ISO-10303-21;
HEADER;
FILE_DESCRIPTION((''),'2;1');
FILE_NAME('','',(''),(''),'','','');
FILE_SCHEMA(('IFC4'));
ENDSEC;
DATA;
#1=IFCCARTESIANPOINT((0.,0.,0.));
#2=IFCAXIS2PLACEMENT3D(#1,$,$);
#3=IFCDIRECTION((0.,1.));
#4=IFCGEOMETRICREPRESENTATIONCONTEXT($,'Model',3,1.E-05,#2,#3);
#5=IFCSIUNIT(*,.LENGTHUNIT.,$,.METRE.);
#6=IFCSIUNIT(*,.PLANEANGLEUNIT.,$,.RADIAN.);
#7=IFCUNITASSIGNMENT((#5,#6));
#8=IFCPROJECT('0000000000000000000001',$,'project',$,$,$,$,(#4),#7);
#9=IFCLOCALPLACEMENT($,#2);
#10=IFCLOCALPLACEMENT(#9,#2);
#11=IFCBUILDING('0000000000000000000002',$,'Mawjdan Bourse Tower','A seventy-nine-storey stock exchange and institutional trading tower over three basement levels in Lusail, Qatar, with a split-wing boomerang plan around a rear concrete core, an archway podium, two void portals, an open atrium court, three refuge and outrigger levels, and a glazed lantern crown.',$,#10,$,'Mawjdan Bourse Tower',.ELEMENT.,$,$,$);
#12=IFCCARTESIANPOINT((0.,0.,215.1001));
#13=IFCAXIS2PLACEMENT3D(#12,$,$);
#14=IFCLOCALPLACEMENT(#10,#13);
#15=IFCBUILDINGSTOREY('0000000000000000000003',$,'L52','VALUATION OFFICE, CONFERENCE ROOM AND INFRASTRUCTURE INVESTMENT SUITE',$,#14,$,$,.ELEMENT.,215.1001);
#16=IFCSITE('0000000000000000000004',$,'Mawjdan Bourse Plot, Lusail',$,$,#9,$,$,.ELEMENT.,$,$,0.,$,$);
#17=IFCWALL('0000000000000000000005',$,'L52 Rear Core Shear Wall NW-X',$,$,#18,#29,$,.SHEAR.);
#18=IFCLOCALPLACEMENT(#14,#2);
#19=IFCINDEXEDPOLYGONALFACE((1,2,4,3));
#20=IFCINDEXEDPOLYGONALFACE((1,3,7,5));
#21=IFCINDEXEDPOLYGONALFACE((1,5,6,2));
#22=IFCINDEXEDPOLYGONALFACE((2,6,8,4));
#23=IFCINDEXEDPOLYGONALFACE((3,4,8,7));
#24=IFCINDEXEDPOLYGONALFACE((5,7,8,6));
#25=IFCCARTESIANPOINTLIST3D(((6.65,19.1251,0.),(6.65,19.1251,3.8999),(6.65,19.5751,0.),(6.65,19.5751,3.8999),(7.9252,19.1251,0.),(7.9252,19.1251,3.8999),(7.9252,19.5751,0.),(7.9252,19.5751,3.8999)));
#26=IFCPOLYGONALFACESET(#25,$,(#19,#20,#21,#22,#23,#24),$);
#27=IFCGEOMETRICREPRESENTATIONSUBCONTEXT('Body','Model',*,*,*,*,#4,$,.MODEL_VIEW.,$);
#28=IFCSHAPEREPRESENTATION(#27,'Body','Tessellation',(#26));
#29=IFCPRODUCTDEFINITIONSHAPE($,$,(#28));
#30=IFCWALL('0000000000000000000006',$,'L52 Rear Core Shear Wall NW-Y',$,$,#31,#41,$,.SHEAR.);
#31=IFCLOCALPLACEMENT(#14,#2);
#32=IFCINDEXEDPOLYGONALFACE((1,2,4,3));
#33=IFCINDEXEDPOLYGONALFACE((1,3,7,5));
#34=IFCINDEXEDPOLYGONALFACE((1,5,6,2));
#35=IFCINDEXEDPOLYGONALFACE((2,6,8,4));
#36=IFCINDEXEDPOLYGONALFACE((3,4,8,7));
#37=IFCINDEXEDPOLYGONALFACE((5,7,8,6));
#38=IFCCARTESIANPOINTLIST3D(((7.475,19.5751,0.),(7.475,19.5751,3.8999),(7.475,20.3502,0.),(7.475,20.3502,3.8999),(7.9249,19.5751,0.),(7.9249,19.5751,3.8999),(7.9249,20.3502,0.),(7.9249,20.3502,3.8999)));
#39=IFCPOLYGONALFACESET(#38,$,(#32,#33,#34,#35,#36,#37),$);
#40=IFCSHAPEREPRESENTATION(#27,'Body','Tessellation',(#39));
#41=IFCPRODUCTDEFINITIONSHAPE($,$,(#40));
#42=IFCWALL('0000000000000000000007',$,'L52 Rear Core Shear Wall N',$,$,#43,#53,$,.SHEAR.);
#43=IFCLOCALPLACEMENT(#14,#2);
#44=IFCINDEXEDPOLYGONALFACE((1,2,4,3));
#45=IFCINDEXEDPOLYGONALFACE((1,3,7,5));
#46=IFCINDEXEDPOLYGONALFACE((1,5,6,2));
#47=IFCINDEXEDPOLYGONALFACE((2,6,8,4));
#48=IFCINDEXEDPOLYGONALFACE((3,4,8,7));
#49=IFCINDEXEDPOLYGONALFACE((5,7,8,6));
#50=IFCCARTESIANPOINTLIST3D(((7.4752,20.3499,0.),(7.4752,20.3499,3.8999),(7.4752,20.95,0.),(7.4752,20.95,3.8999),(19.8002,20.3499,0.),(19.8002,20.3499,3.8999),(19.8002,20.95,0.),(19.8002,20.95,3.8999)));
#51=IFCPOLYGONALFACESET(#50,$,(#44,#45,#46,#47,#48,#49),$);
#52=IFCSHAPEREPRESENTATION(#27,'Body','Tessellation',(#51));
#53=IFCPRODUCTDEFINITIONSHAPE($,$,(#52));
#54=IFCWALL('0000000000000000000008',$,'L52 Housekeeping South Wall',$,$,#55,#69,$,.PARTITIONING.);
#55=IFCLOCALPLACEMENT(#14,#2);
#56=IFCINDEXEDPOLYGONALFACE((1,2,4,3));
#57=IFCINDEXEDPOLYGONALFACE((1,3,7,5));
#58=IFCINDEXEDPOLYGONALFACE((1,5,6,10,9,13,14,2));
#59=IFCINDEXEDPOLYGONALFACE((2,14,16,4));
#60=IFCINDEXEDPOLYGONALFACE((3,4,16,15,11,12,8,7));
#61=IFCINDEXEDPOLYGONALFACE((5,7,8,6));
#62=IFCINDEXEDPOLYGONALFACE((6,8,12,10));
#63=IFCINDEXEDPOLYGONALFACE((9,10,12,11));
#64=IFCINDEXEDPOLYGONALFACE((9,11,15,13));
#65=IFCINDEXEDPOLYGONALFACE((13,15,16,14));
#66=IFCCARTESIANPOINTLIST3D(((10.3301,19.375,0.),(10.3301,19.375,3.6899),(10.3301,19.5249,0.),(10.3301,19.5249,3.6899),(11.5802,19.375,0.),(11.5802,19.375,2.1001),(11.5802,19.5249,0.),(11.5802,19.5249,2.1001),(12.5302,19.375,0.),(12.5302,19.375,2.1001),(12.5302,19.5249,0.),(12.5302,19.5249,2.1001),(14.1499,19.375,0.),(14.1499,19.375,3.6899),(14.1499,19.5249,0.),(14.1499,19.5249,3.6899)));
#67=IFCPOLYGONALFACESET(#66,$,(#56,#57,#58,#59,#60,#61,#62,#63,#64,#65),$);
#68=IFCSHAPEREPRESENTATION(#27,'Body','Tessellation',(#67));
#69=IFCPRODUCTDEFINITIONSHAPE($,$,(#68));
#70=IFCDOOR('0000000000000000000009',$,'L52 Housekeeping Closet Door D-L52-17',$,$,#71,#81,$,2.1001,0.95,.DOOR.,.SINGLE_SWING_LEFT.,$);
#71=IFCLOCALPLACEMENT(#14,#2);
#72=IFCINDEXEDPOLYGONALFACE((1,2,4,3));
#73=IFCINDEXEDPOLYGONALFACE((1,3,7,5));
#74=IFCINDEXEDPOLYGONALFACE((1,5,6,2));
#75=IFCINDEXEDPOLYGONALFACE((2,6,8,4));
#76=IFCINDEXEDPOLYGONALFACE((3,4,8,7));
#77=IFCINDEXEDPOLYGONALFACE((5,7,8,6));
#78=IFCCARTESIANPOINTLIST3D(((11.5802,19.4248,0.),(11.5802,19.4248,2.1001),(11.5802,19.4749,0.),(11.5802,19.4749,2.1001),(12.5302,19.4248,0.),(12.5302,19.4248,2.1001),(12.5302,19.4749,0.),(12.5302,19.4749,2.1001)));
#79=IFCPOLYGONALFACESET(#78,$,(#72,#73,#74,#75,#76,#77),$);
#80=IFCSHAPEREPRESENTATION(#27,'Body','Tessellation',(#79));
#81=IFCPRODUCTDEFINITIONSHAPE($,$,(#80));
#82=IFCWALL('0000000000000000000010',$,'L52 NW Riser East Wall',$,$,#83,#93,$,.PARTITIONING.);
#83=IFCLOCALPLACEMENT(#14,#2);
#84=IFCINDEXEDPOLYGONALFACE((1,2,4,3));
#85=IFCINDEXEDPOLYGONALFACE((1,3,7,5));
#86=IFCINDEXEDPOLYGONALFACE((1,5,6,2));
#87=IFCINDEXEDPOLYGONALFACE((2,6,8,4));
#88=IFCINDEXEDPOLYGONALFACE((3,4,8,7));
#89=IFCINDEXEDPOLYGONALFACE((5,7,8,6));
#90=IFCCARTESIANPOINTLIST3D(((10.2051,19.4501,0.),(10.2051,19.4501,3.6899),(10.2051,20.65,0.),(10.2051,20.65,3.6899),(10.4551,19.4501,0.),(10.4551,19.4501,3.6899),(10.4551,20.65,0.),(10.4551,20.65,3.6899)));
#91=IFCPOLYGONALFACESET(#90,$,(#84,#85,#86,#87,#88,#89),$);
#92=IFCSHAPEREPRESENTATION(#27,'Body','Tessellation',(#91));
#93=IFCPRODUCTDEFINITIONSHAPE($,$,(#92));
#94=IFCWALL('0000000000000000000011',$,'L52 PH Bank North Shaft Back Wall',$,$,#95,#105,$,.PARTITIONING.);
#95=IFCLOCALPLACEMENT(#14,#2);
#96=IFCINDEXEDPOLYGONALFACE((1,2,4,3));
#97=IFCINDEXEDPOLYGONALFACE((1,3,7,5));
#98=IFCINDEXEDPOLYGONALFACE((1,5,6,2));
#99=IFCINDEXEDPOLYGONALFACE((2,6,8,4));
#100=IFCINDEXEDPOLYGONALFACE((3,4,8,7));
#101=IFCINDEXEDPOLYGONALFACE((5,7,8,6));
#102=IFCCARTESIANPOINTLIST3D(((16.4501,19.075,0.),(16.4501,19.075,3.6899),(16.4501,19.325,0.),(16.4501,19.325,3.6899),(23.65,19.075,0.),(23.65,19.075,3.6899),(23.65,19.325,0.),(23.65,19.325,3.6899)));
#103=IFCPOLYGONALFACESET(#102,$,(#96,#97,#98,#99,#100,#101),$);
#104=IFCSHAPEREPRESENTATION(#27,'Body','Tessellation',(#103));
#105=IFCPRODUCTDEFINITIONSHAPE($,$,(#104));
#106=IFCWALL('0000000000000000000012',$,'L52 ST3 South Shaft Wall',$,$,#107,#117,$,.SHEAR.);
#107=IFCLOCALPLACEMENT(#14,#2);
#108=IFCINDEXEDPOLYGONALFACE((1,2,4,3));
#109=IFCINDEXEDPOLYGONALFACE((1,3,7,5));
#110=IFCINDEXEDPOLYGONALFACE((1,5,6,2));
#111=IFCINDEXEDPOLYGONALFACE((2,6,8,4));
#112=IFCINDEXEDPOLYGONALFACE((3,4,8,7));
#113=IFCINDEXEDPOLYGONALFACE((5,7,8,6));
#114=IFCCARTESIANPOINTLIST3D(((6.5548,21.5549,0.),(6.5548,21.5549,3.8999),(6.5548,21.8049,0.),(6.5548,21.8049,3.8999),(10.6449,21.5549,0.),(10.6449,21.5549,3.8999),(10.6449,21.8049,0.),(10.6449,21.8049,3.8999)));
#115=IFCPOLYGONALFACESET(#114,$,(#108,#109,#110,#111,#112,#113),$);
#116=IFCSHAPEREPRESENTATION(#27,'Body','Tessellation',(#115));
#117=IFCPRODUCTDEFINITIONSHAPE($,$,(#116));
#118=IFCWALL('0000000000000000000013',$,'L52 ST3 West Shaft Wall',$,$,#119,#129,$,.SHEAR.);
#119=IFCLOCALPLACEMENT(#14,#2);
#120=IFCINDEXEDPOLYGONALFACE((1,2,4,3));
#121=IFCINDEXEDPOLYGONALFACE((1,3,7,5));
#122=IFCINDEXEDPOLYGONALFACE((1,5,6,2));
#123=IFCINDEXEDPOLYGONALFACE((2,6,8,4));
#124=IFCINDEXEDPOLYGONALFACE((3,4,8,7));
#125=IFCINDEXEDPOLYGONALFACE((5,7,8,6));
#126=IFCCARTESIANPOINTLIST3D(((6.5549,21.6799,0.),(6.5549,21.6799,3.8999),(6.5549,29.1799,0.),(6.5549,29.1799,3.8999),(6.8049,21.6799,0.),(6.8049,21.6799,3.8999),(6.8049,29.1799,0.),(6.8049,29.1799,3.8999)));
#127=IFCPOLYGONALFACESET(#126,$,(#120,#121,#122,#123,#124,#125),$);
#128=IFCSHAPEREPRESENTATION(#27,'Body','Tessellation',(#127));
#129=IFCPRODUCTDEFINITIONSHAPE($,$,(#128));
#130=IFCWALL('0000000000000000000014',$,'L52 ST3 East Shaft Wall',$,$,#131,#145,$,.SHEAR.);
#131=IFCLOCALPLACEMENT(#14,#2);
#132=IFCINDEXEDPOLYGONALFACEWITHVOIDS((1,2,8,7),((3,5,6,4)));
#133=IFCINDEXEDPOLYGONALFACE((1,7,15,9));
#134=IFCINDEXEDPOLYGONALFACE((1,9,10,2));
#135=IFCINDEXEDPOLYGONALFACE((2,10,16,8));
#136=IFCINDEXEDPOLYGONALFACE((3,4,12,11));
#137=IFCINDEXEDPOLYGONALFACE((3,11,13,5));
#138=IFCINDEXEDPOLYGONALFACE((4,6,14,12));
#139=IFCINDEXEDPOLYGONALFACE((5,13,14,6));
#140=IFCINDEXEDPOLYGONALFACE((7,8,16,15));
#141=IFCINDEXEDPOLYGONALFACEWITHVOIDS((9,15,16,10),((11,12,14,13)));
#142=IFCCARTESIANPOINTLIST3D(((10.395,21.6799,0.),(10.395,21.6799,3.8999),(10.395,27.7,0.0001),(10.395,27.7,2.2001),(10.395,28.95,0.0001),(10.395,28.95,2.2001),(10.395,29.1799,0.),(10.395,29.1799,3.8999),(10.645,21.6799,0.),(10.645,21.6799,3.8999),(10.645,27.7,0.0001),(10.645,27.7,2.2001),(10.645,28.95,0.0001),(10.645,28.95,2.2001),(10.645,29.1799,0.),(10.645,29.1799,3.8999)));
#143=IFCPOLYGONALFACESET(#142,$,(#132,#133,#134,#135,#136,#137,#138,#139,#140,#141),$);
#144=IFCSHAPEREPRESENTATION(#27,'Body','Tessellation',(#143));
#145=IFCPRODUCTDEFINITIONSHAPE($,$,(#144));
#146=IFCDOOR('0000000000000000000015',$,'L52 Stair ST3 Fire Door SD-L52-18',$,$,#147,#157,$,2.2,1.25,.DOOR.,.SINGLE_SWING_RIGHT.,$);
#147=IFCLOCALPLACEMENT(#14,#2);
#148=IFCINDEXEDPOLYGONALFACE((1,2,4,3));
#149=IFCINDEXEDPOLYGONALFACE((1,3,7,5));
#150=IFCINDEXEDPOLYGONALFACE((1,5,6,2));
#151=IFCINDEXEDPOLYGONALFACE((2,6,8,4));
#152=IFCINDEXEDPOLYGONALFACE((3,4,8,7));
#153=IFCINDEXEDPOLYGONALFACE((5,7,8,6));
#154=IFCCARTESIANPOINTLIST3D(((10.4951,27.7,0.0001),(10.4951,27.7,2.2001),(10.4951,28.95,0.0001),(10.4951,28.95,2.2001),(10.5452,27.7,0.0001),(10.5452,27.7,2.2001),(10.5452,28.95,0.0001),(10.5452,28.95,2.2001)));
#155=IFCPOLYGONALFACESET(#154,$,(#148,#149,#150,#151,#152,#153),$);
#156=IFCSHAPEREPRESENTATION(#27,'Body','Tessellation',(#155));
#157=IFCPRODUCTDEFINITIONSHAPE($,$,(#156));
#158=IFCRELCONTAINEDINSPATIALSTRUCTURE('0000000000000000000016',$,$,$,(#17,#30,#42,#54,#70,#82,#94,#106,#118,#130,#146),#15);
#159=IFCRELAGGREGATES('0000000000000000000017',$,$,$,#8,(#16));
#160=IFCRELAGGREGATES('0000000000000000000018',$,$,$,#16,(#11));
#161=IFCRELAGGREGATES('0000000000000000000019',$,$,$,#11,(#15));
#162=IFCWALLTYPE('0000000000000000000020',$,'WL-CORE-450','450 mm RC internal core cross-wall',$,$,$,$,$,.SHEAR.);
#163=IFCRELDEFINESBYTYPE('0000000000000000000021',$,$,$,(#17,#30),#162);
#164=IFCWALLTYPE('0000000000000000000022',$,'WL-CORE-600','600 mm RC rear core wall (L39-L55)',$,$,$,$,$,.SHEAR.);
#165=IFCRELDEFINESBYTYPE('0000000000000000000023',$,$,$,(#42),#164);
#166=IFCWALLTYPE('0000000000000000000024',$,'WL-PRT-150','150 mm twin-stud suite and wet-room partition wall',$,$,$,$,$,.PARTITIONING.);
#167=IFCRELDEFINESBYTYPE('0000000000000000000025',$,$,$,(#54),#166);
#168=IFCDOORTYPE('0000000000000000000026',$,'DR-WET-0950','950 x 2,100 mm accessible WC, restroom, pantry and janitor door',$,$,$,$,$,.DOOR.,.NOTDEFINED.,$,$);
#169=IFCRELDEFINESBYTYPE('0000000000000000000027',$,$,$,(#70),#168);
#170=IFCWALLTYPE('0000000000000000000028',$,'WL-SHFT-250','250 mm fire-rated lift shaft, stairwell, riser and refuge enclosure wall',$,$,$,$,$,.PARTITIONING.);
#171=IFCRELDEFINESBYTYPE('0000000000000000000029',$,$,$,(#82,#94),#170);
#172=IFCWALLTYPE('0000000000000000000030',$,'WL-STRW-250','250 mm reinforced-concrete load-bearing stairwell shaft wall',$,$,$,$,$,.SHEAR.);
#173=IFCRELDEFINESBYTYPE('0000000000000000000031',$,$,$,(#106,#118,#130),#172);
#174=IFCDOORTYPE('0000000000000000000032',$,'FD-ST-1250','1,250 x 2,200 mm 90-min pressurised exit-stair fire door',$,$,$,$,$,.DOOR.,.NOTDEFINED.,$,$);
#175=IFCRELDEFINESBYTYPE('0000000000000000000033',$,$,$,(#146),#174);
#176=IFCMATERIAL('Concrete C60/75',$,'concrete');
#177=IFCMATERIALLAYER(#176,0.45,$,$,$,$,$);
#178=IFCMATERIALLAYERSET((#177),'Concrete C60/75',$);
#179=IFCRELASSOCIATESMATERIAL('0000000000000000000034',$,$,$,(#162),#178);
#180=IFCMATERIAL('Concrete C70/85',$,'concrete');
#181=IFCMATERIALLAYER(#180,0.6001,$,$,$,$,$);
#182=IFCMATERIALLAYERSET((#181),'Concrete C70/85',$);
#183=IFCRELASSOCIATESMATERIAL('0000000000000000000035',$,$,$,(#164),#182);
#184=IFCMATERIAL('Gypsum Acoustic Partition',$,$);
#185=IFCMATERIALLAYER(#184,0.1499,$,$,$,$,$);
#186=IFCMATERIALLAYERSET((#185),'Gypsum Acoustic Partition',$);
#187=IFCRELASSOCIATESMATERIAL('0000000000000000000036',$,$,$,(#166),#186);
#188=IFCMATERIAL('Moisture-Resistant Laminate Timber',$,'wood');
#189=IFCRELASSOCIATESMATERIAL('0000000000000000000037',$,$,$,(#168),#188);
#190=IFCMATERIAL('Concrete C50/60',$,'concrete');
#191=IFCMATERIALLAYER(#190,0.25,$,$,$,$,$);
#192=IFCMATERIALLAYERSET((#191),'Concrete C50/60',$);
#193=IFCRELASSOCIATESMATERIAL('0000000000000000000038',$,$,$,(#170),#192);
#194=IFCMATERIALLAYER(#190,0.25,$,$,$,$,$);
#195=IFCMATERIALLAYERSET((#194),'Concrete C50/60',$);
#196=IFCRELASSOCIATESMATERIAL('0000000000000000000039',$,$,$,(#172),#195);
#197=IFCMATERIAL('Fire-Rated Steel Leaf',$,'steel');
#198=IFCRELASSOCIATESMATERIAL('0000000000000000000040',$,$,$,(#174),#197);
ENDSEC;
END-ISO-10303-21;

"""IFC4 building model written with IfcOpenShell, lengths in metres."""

from ifc_helpers import new_model, si_unit, direction, frame, frame_2d, origin, place, context, subcontext, project, spatial, rectangle, extrude, material, layer, layer_set, type_object, element, fill, save


model = new_model("IFC4")

# Units and contexts
model_context = context("Model", 3, precision=1e-05, world=origin(), true_north=direction((0.0, 1.0)))
body_context = subcontext(model_context, "Body", "Model", "MODEL_VIEW")
ifc_project = project(units=[si_unit("LENGTHUNIT", "METRE"), si_unit("PLANEANGLEUNIT", "RADIAN")], contexts=[model_context])

# Site, building, storey
site_placement = place(None, origin())
site = spatial("IfcSite", under=ifc_project, at=site_placement, Name="Mawjdan Bourse Plot, Lusail", CompositionType="ELEMENT", RefElevation=0.0)
building_placement = place(site_placement, origin())
building = spatial("IfcBuilding", under=site, at=building_placement, Name="Mawjdan Bourse Tower", Description="A seventy-nine-storey stock exchange and institutional trading tower over three basement levels in Lusail, Qatar, with a split-wing boomerang plan around a rear concrete core, an archway podium, two void portals, an open atrium court, three refuge and outrigger levels, and a glazed lantern crown.", LongName="Mawjdan Bourse Tower", CompositionType="ELEMENT")
storey_placement = place(building_placement, frame((0.0, 0.0, 215.1001)))
storey = spatial("IfcBuildingStorey", under=building, at=storey_placement, Name="L52", Description="VALUATION OFFICE, CONFERENCE ROOM AND INFRASTRUCTURE INVESTMENT SUITE", CompositionType="ELEMENT", Elevation=215.1001)

# Shared definitions
ifc_material_1 = material(Name="Concrete C70/85", Category="concrete")

# Walls
ifc_material_2 = material(Name="Concrete C60/75", Category="concrete")
ifc_layer_1 = layer(ifc_material_2, 0.45)
ifc_layer_set_1 = layer_set([ifc_layer_1], Name="Concrete C60/75")
wall_type_1 = type_object("IfcWallType", Name="WL-CORE-450", Description="450 mm RC internal core cross-wall", PredefinedType="SHEAR", material=ifc_layer_set_1)
wall_1_placement = place(storey_placement, frame((6.6499, 19.3501, 0.0), z_axis=(0.0, 0.0, 1.0), x_axis=(1.0, 0.0, 0.0)))
element("IfcWall", 1, at=wall_1_placement, inside=storey, type_object=wall_type_1, Name="L52 Rear Core Shear Wall NW-X", PredefinedType="SHEAR", context=body_context, shape_type="SweptSolid", body=[
    extrude(rectangle(XDim=1.2751, YDim=0.45, at=frame_2d((0.6377, 0.0))), origin(), (0.0, 0.0, 1.0), 3.8999),
])
wall_2_placement = place(storey_placement, frame((7.7, 19.575, 0.0), z_axis=(0.0, 0.0, 1.0), x_axis=(0.0, 1.0, 0.0)))
element("IfcWall", 2, at=wall_2_placement, inside=storey, type_object=wall_type_1, Name="L52 Rear Core Shear Wall NW-Y", PredefinedType="SHEAR", context=body_context, shape_type="SweptSolid", body=[
    extrude(rectangle(XDim=0.7751, YDim=0.45, at=frame_2d((0.3877, 0.0))), origin(), (0.0, 0.0, 1.0), 3.8999),
])
ifc_layer_2 = layer(ifc_material_1, 0.6001)
ifc_layer_set_2 = layer_set([ifc_layer_2], Name="Concrete C70/85")
wall_type_2 = type_object("IfcWallType", Name="WL-CORE-600", Description="600 mm RC rear core wall (L39-L55)", PredefinedType="SHEAR", material=ifc_layer_set_2)
wall_3_placement = place(storey_placement, frame((7.4751, 20.6499, 0.0), z_axis=(0.0, 0.0, 1.0), x_axis=(1.0, 0.0, 0.0)))
element("IfcWall", 3, at=wall_3_placement, inside=storey, type_object=wall_type_2, Name="L52 Rear Core Shear Wall N", PredefinedType="SHEAR", context=body_context, shape_type="SweptSolid", body=[
    extrude(rectangle(XDim=12.325, YDim=0.6001, at=frame_2d((6.1626, 0.0))), origin(), (0.0, 0.0, 1.0), 3.8999),
])

# Wall, opening, door
ifc_material_3 = material(Name="Gypsum Acoustic Partition")
ifc_layer_3 = layer(ifc_material_3, 0.1499)
ifc_layer_set_3 = layer_set([ifc_layer_3], Name="Gypsum Acoustic Partition")
wall_type_3 = type_object("IfcWallType", Name="WL-PRT-150", Description="150 mm twin-stud suite and wet-room partition wall", PredefinedType="PARTITIONING", material=ifc_layer_set_3)
wall_4_placement = place(storey_placement, frame((10.3301, 19.45, 0.0), z_axis=(0.0, 0.0, 1.0), x_axis=(1.0, 0.0, 0.0)))
wall_4 = element("IfcWall", 4, at=wall_4_placement, inside=storey, type_object=wall_type_3, Name="L52 Housekeeping South Wall", PredefinedType="PARTITIONING", context=body_context, shape_type="SweptSolid", body=[
    extrude(rectangle(XDim=3.8198, YDim=0.1499, at=frame_2d((1.9099, 0.0))), origin(), (0.0, 0.0, 1.0), 3.6899),
])
opening_1_placement = place(wall_4_placement, frame((1.25, 0.0, 0.0)))
opening_1 = element("IfcOpeningElement", 5, at=opening_1_placement, cuts=wall_4, PredefinedType="OPENING", context=body_context, shape_type="SweptSolid", body=[
    extrude(rectangle(XDim=0.95, YDim=2.1001, at=frame_2d((0.4751, 1.05))), frame((0.0, 0.085, 0.0), z_axis=(0.0, -1.0, 0.0), x_axis=(1.0, 0.0, 0.0)), (0.0, 0.0, 1.0), 0.1699),
])
ifc_material_4 = material(Name="Moisture-Resistant Laminate Timber", Category="wood")
door_type_1 = type_object("IfcDoorType", Name="DR-WET-0950", Description="950 x 2,100 mm accessible WC, restroom, pantry and janitor door", OperationType="NOTDEFINED", PredefinedType="DOOR", material=ifc_material_4)
door_1_placement = place(opening_1_placement, origin())
door_1 = element("IfcDoor", 6, at=door_1_placement, inside=storey, type_object=door_type_1, Name="L52 Housekeeping Closet Door D-L52-17", OperationType="SINGLE_SWING_LEFT", OverallHeight=2.1001, OverallWidth=0.95, PredefinedType="DOOR", context=body_context, shape_type="SweptSolid", body=[
    extrude(rectangle(XDim=0.95, YDim=2.1001, at=frame_2d((0.4751, 1.05))), frame((0.0, 0.0249, 0.0), z_axis=(0.0, -1.0, 0.0), x_axis=(1.0, 0.0, 0.0)), (0.0, 0.0, 1.0), 0.05),
])
fill(opening_1, door_1)

# Walls
ifc_material_5 = material(Name="Concrete C50/60", Category="concrete")
ifc_layer_4 = layer(ifc_material_5, 0.25)
ifc_layer_set_4 = layer_set([ifc_layer_4], Name="Concrete C50/60")
wall_type_4 = type_object("IfcWallType", Name="WL-SHFT-250", Description="250 mm fire-rated lift shaft, stairwell, riser and refuge enclosure wall", PredefinedType="PARTITIONING", material=ifc_layer_set_4)
wall_5_placement = place(storey_placement, frame((10.3301, 19.45, 0.0), z_axis=(0.0, 0.0, 1.0), x_axis=(0.0, 1.0, 0.0)))
element("IfcWall", 7, at=wall_5_placement, inside=storey, type_object=wall_type_4, Name="L52 NW Riser East Wall", PredefinedType="PARTITIONING", context=body_context, shape_type="SweptSolid", body=[
    extrude(rectangle(XDim=1.2, YDim=0.25, at=frame_2d((0.6001, 0.0))), origin(), (0.0, 0.0, 1.0), 3.6899),
])
wall_6_placement = place(storey_placement, frame((16.45, 19.2, 0.0), z_axis=(0.0, 0.0, 1.0), x_axis=(1.0, 0.0, 0.0)))
element("IfcWall", 8, at=wall_6_placement, inside=storey, type_object=wall_type_4, Name="L52 PH Bank North Shaft Back Wall", PredefinedType="PARTITIONING", context=body_context, shape_type="SweptSolid", body=[
    extrude(rectangle(XDim=7.2, YDim=0.25, at=frame_2d((3.6001, 0.0))), origin(), (0.0, 0.0, 1.0), 3.6899),
])
ifc_layer_5 = layer(ifc_material_5, 0.25)
ifc_layer_set_5 = layer_set([ifc_layer_5], Name="Concrete C50/60")
wall_type_5 = type_object("IfcWallType", Name="WL-STRW-250", Description="250 mm reinforced-concrete load-bearing stairwell shaft wall", PredefinedType="SHEAR", material=ifc_layer_set_5)
wall_7_placement = place(storey_placement, frame((6.5549, 21.6799, 0.0), z_axis=(0.0, 0.0, 1.0), x_axis=(1.0, 0.0, 0.0)))
element("IfcWall", 9, at=wall_7_placement, inside=storey, type_object=wall_type_5, Name="L52 ST3 South Shaft Wall", PredefinedType="SHEAR", context=body_context, shape_type="SweptSolid", body=[
    extrude(rectangle(XDim=4.0901, YDim=0.25, at=frame_2d((2.0449, 0.0))), origin(), (0.0, 0.0, 1.0), 3.8999),
])
wall_8_placement = place(storey_placement, frame((6.6799, 21.6799, 0.0), z_axis=(0.0, 0.0, 1.0), x_axis=(0.0, 1.0, 0.0)))
element("IfcWall", 10, at=wall_8_placement, inside=storey, type_object=wall_type_5, Name="L52 ST3 West Shaft Wall", PredefinedType="SHEAR", context=body_context, shape_type="SweptSolid", body=[
    extrude(rectangle(XDim=7.5, YDim=0.25, at=frame_2d((3.75, 0.0))), origin(), (0.0, 0.0, 1.0), 3.8999),
])

# Wall, opening, door
wall_9_placement = place(storey_placement, frame((10.52, 21.6799, 0.0), z_axis=(0.0, 0.0, 1.0), x_axis=(0.0, 1.0, 0.0)))
wall_9 = element("IfcWall", 11, at=wall_9_placement, inside=storey, type_object=wall_type_5, Name="L52 ST3 East Shaft Wall", PredefinedType="SHEAR", context=body_context, shape_type="SweptSolid", body=[
    extrude(rectangle(XDim=7.5, YDim=0.25, at=frame_2d((3.75, 0.0))), origin(), (0.0, 0.0, 1.0), 3.8999),
])
opening_2_placement = place(wall_9_placement, frame((6.02, 0.0, 0.0)))
opening_2 = element("IfcOpeningElement", 12, at=opening_2_placement, cuts=wall_9, PredefinedType="OPENING", context=body_context, shape_type="SweptSolid", body=[
    extrude(rectangle(XDim=1.25, YDim=2.2, at=frame_2d((0.625, 1.1001))), frame((0.0, 0.135, 0.0), z_axis=(0.0, -1.0, 0.0), x_axis=(1.0, 0.0, 0.0)), (0.0, 0.0, 1.0), 0.27),
])
ifc_material_6 = material(Name="Fire-Rated Steel Leaf", Category="steel")
door_type_2 = type_object("IfcDoorType", Name="FD-ST-1250", Description="1,250 x 2,200 mm 90-min pressurised exit-stair fire door", OperationType="NOTDEFINED", PredefinedType="DOOR", material=ifc_material_6)
door_2_placement = place(opening_2_placement, origin())
door_2 = element("IfcDoor", 13, at=door_2_placement, inside=storey, type_object=door_type_2, Name="L52 Stair ST3 Fire Door SD-L52-18", OperationType="SINGLE_SWING_RIGHT", OverallHeight=2.2, OverallWidth=1.25, PredefinedType="DOOR", context=body_context, shape_type="SweptSolid", body=[
    extrude(rectangle(XDim=1.25, YDim=2.2, at=frame_2d((0.625, 1.1001))), frame((0.0, 0.0249, 0.0), z_axis=(0.0, -1.0, 0.0), x_axis=(1.0, 0.0, 0.0)), (0.0, 0.0, 1.0), 0.05),
])
fill(opening_2, door_2)

save(model, "model.ifc")
